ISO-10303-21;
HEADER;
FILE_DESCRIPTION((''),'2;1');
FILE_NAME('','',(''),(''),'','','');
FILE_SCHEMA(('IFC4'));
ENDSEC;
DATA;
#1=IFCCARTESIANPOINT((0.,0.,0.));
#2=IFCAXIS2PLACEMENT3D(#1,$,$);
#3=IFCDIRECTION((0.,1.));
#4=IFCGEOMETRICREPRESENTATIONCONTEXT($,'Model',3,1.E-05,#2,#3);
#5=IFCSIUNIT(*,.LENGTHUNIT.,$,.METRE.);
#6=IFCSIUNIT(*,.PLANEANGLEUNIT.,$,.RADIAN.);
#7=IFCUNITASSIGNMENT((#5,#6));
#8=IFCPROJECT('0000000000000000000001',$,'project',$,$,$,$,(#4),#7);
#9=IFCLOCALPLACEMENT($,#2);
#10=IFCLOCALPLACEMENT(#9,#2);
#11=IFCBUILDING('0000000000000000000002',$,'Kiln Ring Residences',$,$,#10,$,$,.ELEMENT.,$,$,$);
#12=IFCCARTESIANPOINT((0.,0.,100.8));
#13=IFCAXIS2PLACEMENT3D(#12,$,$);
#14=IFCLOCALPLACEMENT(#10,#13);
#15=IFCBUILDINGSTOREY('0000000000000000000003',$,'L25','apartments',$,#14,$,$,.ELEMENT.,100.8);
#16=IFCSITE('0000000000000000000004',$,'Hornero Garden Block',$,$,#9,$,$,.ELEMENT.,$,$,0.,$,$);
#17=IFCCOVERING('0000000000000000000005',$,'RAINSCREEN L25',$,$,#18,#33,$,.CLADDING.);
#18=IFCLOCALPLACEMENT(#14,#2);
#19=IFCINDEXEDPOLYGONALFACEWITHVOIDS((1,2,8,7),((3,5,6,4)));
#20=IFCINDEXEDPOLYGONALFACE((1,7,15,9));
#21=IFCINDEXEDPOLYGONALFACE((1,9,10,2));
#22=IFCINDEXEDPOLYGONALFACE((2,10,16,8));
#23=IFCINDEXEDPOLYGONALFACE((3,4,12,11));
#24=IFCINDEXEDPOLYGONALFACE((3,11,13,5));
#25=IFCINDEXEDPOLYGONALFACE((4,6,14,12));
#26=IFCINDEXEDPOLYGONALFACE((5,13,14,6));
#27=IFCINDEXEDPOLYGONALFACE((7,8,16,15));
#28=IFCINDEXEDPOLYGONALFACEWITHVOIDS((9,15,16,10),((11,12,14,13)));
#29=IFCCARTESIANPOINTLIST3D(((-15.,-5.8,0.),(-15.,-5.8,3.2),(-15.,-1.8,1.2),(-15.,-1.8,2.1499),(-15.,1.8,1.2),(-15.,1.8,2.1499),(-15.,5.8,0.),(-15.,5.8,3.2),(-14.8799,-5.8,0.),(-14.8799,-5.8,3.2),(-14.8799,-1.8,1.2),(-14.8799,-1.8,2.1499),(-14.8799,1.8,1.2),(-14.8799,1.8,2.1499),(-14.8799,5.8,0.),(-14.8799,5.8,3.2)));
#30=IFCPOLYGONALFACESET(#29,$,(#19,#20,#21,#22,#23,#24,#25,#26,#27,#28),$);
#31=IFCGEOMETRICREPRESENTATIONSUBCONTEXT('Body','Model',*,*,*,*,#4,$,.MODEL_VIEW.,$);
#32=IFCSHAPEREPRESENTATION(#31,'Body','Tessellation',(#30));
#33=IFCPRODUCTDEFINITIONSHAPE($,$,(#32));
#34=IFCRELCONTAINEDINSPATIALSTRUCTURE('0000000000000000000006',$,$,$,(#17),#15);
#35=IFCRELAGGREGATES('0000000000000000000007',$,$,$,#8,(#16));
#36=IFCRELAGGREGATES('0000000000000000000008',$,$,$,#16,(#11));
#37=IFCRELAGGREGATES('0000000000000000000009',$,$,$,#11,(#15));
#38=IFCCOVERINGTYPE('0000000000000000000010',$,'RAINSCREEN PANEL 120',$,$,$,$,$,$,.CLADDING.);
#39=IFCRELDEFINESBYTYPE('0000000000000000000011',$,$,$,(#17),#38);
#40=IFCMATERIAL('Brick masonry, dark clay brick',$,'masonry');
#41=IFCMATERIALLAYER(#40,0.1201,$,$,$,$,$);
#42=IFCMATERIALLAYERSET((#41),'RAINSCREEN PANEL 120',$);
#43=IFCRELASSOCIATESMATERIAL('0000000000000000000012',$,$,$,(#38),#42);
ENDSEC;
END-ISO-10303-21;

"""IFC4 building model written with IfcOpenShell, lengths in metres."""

from ifc_helpers import new_model, si_unit, direction, frame, origin, place, context, subcontext, project, spatial, polyline, outline, extrude, material, layer, layer_set, type_object, element, save


model = new_model("IFC4")

# Units and contexts
model_context = context("Model", 3, precision=1e-05, world=origin(), true_north=direction((0.0, 1.0)))
body_context = subcontext(model_context, "Body", "Model", "MODEL_VIEW")
ifc_project = project(units=[si_unit("LENGTHUNIT", "METRE"), si_unit("PLANEANGLEUNIT", "RADIAN")], contexts=[model_context])

# Site, building, storey
site_placement = place(None, origin())
site = spatial("IfcSite", under=ifc_project, at=site_placement, Name="Hornero Garden Block", CompositionType="ELEMENT", RefElevation=0.0)
building_placement = place(site_placement, origin())
building = spatial("IfcBuilding", under=site, at=building_placement, Name="Kiln Ring Residences", CompositionType="ELEMENT")
storey_placement = place(building_placement, frame((0.0, 0.0, 100.8)))
storey = spatial("IfcBuildingStorey", under=building, at=storey_placement, Name="L25", Description="apartments", CompositionType="ELEMENT", Elevation=100.8)

# Covering
ifc_material_1 = material(Name="Brick masonry, dark clay brick", Category="masonry")
ifc_layer_1 = layer(ifc_material_1, 0.1201)
ifc_layer_set_1 = layer_set([ifc_layer_1], Name="RAINSCREEN PANEL 120")
covering_type = type_object("IfcCoveringType", Name="RAINSCREEN PANEL 120", PredefinedType="CLADDING", material=ifc_layer_set_1)
covering_placement = place(storey_placement, frame((-14.9399, -5.8, 0.0), z_axis=(0.0, 0.0, 1.0), x_axis=(0.0, 1.0, 0.0)))
element("IfcCovering", 1, at=covering_placement, inside=storey, type_object=covering_type, Name="RAINSCREEN L25", PredefinedType="CLADDING", context=body_context, shape_type="SweptSolid", body=[
    extrude(outline(polyline([(0.0, 0.0), (11.6001, 0.0), (11.6001, 3.2), (0.0, 3.2), (0.0, 0.0)]), holes=[polyline([(4.0, 2.1499), (4.0, 1.2), (7.6001, 1.2), (7.6001, 2.1499), (4.0, 2.1499)])]), frame((0.0, 0.0601, 0.0), z_axis=(0.0, -1.0, 0.0), x_axis=(1.0, 0.0, 0.0)), (0.0, 0.0, 1.0), 0.1201),
])

save(model, "model.ifc")
